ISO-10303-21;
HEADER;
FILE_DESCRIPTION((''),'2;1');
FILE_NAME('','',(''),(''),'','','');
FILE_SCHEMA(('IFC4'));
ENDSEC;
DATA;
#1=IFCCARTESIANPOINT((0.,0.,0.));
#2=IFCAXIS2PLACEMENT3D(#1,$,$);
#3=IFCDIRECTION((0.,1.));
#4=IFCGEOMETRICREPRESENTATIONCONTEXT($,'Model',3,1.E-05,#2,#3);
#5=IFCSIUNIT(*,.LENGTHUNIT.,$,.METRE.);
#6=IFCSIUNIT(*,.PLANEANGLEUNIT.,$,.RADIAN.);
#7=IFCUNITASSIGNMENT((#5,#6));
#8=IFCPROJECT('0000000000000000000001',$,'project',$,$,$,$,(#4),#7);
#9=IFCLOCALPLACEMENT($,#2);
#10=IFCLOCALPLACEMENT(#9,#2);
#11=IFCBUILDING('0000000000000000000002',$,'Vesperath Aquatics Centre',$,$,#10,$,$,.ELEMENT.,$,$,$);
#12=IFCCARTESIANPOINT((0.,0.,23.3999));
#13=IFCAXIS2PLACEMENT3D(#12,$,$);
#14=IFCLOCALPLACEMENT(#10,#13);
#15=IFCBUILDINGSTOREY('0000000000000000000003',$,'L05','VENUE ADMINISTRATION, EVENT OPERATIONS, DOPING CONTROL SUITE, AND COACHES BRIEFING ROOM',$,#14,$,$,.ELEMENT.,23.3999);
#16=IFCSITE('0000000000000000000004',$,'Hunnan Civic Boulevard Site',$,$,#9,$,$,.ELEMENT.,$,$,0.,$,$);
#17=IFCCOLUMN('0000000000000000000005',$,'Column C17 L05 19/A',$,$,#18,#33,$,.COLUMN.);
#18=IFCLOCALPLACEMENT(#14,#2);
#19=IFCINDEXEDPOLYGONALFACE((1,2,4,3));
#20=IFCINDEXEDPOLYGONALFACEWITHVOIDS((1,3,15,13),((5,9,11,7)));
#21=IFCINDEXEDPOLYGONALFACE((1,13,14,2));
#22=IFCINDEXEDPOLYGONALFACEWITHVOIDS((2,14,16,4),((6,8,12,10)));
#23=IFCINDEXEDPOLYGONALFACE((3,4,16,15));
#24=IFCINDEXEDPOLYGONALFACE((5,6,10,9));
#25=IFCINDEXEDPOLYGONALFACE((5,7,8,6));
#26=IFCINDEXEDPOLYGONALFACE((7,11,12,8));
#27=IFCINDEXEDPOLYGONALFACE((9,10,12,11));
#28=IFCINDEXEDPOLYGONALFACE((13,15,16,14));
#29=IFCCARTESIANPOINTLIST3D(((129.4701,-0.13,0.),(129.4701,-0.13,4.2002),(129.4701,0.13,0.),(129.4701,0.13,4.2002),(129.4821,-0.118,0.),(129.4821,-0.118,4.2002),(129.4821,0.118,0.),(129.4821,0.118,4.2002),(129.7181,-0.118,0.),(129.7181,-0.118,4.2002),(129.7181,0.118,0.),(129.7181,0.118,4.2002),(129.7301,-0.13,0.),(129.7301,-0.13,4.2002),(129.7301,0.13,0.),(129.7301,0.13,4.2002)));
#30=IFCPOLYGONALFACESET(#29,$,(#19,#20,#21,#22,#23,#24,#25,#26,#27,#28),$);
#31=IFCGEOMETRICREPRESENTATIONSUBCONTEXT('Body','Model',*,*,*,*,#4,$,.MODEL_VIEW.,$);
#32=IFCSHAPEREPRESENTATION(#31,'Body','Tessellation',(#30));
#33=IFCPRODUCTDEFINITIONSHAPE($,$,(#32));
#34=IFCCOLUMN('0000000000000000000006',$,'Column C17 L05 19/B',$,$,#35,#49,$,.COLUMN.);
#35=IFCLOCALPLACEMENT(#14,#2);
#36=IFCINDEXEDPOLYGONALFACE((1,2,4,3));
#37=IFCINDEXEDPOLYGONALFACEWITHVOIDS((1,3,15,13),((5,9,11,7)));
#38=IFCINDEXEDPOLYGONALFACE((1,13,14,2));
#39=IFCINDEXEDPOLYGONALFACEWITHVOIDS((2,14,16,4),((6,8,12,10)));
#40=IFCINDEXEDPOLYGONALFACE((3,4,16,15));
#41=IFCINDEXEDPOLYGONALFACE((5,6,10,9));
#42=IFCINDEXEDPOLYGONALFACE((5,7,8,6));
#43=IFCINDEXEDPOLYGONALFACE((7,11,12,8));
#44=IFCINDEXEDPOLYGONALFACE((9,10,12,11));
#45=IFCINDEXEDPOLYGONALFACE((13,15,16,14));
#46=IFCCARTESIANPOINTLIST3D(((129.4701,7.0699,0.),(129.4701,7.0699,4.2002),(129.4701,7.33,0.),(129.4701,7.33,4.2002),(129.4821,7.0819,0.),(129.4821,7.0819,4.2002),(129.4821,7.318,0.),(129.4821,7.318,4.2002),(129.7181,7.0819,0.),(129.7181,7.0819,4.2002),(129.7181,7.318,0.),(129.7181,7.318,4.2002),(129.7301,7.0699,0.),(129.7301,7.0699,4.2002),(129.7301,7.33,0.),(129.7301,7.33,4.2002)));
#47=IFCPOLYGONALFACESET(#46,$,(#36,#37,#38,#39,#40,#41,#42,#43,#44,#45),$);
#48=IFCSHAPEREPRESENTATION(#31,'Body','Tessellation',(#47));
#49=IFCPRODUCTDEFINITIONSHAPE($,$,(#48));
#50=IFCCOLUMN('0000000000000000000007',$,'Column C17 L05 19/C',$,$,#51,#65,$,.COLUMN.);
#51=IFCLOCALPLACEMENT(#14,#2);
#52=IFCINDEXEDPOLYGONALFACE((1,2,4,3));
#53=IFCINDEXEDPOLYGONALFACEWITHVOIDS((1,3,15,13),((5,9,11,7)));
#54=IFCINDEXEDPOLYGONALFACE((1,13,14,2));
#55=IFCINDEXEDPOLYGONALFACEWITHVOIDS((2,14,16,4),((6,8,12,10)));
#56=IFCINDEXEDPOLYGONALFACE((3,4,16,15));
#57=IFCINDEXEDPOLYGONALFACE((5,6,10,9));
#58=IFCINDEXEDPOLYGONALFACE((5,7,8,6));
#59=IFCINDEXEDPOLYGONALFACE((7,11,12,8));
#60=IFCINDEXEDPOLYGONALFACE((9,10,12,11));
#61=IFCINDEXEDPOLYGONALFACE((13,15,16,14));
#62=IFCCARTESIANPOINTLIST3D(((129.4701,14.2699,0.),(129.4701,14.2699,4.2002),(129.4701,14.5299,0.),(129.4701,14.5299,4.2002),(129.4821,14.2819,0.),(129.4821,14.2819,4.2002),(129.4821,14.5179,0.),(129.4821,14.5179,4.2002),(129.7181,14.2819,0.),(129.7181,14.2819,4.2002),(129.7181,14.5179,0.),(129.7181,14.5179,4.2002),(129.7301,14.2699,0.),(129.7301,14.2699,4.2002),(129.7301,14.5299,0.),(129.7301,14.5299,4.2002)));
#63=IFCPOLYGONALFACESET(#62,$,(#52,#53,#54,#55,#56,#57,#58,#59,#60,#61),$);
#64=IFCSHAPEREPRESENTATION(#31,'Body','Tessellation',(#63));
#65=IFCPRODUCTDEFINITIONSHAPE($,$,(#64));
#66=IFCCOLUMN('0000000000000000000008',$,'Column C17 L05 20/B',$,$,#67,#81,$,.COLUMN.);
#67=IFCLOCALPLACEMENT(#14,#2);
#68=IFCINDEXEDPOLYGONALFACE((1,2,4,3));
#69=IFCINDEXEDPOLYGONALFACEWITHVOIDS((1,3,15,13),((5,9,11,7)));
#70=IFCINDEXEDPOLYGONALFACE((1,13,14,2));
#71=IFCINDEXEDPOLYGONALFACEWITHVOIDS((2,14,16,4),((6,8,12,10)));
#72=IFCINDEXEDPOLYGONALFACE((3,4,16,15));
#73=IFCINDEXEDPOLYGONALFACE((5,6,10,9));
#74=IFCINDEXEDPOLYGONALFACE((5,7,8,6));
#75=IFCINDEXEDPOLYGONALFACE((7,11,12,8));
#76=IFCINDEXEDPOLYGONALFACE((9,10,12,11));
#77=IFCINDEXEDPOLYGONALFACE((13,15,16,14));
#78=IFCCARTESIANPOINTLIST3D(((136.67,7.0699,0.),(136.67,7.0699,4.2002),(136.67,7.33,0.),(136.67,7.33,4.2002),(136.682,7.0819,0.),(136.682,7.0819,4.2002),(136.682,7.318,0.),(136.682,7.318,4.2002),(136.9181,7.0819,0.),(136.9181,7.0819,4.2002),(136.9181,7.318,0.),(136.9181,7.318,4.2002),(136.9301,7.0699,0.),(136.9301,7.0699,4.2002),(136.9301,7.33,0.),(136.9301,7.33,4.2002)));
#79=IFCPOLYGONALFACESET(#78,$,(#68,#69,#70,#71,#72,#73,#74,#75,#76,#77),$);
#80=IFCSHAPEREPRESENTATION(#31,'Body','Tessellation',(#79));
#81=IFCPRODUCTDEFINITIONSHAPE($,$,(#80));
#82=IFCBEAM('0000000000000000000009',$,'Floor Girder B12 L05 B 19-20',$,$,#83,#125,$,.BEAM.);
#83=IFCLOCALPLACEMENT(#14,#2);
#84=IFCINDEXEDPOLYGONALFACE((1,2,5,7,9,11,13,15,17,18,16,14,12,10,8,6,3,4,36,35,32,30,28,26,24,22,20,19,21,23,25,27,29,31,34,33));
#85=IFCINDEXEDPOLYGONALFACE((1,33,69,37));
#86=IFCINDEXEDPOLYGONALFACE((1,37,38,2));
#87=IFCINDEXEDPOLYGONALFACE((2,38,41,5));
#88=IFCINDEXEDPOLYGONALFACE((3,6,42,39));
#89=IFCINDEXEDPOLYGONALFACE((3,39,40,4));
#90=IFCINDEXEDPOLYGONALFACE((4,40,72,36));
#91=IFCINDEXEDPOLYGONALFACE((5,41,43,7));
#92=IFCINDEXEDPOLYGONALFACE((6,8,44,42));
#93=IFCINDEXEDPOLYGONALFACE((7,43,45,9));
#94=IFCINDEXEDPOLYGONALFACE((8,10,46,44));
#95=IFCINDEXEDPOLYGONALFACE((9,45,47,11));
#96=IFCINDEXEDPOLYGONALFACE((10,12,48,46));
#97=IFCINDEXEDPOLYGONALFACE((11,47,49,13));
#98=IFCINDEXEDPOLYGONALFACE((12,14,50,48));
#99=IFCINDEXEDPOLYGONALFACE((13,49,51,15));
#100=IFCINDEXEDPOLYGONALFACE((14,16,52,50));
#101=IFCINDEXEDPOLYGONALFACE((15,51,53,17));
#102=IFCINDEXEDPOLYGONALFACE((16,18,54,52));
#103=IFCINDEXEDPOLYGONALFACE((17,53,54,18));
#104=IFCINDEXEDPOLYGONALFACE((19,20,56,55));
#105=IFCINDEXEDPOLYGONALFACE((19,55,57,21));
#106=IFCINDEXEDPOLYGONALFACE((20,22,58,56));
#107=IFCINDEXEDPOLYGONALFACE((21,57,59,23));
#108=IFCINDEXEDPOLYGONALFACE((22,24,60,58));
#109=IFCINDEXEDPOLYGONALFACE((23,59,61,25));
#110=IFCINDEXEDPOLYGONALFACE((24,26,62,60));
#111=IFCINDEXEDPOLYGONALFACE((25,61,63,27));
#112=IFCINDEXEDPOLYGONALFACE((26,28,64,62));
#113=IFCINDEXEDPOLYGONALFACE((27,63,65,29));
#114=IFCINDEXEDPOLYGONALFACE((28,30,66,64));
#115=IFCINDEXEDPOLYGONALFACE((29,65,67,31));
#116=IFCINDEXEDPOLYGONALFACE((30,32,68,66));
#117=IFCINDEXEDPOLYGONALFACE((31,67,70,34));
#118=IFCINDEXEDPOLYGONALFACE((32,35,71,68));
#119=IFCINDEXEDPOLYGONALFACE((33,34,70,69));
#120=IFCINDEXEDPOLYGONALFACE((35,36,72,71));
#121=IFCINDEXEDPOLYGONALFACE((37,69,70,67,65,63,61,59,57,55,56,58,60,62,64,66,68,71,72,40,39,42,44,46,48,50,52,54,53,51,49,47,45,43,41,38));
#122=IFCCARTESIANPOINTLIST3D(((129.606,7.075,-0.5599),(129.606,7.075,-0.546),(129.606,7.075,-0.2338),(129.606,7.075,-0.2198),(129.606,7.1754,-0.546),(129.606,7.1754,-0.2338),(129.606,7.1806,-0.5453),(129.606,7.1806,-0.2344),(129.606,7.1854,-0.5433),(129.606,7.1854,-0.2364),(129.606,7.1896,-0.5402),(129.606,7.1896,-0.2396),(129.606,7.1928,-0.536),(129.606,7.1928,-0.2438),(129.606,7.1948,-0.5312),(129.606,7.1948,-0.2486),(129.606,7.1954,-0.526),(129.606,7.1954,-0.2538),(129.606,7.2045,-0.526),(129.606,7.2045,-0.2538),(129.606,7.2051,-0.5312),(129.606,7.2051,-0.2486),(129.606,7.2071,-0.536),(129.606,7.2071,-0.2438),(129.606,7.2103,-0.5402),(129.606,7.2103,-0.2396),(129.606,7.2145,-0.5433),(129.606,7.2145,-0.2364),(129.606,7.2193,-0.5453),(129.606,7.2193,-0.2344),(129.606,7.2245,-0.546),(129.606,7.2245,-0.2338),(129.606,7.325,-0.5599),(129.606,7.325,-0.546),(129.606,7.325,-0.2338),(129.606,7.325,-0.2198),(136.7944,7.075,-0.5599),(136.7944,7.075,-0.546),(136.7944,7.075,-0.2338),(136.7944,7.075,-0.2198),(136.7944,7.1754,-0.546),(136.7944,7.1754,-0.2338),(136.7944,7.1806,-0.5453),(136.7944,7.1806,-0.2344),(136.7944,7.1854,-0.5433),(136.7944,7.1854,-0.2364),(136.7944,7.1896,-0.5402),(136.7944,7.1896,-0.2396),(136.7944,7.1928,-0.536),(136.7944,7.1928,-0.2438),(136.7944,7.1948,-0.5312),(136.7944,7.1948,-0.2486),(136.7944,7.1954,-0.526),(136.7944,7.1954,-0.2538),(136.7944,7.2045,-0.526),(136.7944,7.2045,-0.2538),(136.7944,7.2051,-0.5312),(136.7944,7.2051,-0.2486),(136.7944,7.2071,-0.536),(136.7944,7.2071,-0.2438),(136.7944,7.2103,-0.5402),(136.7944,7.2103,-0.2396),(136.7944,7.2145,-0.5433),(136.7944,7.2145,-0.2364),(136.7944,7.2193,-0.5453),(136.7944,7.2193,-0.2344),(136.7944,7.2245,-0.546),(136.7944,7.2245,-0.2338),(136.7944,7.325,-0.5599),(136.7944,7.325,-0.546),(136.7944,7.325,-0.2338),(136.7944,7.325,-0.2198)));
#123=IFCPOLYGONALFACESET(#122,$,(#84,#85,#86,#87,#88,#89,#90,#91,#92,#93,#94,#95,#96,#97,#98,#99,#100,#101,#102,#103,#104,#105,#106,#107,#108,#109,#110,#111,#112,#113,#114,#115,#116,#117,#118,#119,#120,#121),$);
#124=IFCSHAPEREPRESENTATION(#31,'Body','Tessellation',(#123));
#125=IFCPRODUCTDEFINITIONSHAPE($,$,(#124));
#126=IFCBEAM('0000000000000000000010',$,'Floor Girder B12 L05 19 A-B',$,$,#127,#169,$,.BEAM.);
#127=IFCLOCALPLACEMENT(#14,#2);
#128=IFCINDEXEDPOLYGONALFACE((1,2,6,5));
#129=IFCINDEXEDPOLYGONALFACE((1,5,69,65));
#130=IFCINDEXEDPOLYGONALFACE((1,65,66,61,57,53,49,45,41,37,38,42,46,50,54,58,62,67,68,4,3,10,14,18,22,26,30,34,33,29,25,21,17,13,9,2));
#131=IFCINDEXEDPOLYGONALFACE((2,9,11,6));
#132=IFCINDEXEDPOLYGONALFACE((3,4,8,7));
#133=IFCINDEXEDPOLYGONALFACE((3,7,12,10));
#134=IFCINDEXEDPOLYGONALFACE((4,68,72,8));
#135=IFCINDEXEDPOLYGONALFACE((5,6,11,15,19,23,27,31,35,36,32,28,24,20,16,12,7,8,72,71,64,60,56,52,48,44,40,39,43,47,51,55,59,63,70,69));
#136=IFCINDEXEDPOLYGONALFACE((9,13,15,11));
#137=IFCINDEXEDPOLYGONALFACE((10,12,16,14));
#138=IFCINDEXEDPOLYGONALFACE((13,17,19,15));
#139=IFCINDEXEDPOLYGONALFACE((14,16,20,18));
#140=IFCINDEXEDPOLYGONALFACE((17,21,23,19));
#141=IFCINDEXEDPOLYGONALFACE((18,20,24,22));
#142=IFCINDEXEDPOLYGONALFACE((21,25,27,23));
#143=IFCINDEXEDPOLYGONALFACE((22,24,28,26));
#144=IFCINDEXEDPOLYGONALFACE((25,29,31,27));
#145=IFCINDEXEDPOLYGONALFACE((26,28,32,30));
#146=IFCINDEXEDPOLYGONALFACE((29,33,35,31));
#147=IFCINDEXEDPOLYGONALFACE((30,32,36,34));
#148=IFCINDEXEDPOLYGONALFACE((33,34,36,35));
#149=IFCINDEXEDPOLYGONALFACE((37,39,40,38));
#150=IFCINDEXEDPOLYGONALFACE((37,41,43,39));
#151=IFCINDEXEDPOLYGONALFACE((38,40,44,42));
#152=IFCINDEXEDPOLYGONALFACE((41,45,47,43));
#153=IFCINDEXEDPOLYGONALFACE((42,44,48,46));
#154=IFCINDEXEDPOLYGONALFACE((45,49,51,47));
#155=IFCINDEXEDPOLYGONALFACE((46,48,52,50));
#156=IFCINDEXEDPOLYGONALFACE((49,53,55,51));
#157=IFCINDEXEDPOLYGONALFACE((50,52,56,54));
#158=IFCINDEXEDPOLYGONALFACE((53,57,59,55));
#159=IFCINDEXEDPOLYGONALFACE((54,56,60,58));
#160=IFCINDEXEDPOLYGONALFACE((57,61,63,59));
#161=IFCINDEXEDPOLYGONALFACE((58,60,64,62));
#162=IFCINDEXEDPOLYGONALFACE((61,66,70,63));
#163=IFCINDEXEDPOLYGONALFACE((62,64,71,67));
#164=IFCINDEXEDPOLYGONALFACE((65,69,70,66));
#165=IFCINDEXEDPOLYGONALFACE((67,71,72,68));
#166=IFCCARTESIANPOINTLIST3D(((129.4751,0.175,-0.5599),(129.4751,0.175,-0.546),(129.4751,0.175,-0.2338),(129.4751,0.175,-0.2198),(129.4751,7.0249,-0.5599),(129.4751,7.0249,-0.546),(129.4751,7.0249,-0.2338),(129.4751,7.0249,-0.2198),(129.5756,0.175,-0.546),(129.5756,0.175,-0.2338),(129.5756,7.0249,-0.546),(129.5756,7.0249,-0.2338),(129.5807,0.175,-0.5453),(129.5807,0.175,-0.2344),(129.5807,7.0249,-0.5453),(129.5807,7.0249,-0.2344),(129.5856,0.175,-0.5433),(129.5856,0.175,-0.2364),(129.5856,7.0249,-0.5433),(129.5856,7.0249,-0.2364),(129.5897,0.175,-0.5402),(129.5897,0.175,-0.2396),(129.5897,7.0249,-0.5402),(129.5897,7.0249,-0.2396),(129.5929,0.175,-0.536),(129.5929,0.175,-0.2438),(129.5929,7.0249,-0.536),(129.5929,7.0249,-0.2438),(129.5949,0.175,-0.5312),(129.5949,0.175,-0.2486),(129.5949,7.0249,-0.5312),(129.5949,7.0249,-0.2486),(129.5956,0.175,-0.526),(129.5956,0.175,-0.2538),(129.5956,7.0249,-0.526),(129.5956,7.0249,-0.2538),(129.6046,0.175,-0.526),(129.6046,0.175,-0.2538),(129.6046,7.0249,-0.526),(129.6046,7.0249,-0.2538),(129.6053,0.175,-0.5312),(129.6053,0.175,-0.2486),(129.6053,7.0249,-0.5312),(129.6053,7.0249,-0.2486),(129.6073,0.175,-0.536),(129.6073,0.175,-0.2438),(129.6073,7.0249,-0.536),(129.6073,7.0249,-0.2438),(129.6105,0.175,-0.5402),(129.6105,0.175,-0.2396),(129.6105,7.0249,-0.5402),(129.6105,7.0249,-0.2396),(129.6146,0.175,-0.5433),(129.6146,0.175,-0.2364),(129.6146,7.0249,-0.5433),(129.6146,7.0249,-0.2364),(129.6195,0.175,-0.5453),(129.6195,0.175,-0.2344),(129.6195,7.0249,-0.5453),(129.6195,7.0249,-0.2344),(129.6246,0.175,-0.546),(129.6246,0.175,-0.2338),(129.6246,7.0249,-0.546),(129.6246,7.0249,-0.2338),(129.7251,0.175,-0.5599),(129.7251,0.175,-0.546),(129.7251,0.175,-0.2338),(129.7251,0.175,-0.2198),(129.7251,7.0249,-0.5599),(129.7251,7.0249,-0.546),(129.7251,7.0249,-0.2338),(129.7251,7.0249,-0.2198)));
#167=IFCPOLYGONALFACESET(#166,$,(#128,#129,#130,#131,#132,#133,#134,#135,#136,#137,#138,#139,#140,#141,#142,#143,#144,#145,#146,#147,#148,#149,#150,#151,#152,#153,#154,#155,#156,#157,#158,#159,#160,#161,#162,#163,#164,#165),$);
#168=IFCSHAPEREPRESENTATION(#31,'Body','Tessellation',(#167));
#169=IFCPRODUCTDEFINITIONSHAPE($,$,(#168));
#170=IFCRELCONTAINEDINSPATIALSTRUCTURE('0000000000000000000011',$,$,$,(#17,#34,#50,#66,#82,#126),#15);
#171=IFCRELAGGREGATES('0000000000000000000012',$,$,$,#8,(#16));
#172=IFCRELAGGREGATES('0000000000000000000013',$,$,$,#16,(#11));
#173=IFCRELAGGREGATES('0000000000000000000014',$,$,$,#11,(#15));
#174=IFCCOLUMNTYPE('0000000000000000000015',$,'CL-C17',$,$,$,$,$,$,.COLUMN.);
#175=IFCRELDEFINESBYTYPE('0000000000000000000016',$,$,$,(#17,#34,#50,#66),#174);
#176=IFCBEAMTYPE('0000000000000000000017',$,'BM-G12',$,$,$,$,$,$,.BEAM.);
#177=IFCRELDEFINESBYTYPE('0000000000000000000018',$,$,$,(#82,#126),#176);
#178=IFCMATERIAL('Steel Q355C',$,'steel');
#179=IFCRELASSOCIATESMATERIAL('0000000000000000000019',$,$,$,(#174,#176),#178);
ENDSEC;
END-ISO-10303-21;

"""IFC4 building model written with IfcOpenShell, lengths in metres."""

from ifc_helpers import new_model, si_unit, direction, frame, origin, origin_2d, place, context, subcontext, project, spatial, hollow_rectangle, i_section, extrude, material, material_profile, profile_set, type_object, element, save


model = new_model("IFC4")

# Units and contexts
model_context = context("Model", 3, precision=1e-05, world=origin(), true_north=direction((0.0, 1.0)))
body_context = subcontext(model_context, "Body", "Model", "MODEL_VIEW")
ifc_project = project(units=[si_unit("LENGTHUNIT", "METRE"), si_unit("PLANEANGLEUNIT", "RADIAN")], contexts=[model_context])

# Site, building, storey
site_placement = place(None, origin())
site = spatial("IfcSite", under=ifc_project, at=site_placement, Name="Hunnan Civic Boulevard Site", CompositionType="ELEMENT", RefElevation=0.0)
building_placement = place(site_placement, origin())
building = spatial("IfcBuilding", under=site, at=building_placement, Name="Vesperath Aquatics Centre", CompositionType="ELEMENT")
storey_placement = place(building_placement, frame((0.0, 0.0, 23.3999)))
storey = spatial("IfcBuildingStorey", under=building, at=storey_placement, Name="L05", Description="VENUE ADMINISTRATION, EVENT OPERATIONS, DOPING CONTROL SUITE, AND COACHES BRIEFING ROOM", CompositionType="ELEMENT", Elevation=23.3999)

# Columns
ifc_material_1 = material(Name="Steel Q355C", Category="steel")
ifc_material_profile_1 = material_profile(ifc_material_1, hollow_rectangle(XDim=0.26, YDim=0.26, WallThickness=0.012, at=origin_2d()), Name="SHS 260x260x12")
ifc_profile_set_1 = profile_set([ifc_material_profile_1], Name="Steel Q355C")
column_type = type_object("IfcColumnType", Name="CL-C17", PredefinedType="COLUMN", material=ifc_profile_set_1)
for number, where, z_axis, x_axis, name in (
    (1, (129.6001, 0.0, 0.0), (0.0, 0.0, 1.0), (1.0, 0.0, 0.0), "Column C17 L05 19/A"),
    (2, (129.6001, 7.2, 0.0), (0.0, 0.0, 1.0), (1.0, 0.0, 0.0), "Column C17 L05 19/B"),
    (3, (129.6001, 14.3999, 0.0), (0.0, 0.0, 1.0), (1.0, 0.0, 0.0), "Column C17 L05 19/C"),
    (4, (136.8, 7.2, 0.0), (0.0, 0.0, 1.0), (1.0, 0.0, 0.0), "Column C17 L05 20/B"),
):
    element("IfcColumn", number, at=place(storey_placement, frame(where, z_axis=z_axis, x_axis=x_axis)), inside=storey, type_object=column_type, Name=name, PredefinedType="COLUMN", context=body_context, shape_type="SweptSolid", body=[
        extrude(hollow_rectangle(XDim=0.26, YDim=0.26, WallThickness=0.012, at=origin_2d()), origin(), (0.0, 0.0, 1.0), 4.2002),
    ])

# Beams
ifc_material_profile_2 = material_profile(ifc_material_1, i_section(OverallWidth=0.25, OverallDepth=0.3401, WebThickness=0.009, FlangeThickness=0.0139, FilletRadius=0.02, at=origin_2d()), Name="HM 340x250x9x14")
ifc_profile_set_2 = profile_set([ifc_material_profile_2], Name="Steel Q355C")
beam_type_1 = type_object("IfcBeamType", Name="BM-G12", PredefinedType="BEAM", material=ifc_profile_set_2)
beam_1_placement = place(storey_placement, frame((129.606, 7.2, -0.3899), z_axis=(1.0, 0.0, 0.0), x_axis=(0.0, 1.0, 0.0)))
element("IfcBeam", 5, at=beam_1_placement, inside=storey, type_object=beam_type_1, Name="Floor Girder B12 L05 B 19-20", PredefinedType="BEAM", context=body_context, shape_type="SweptSolid", body=[
    extrude(i_section(OverallWidth=0.25, OverallDepth=0.3401, WebThickness=0.009, FlangeThickness=0.0139, FilletRadius=0.02, at=origin_2d()), origin(), (0.0, 0.0, 1.0), 7.1885),
])
beam_2_placement = place(storey_placement, frame((129.6001, 0.175, -0.3899), z_axis=(0.0, 1.0, 0.0), x_axis=(-1.0, 0.0, 0.0)))
element("IfcBeam", 6, at=beam_2_placement, inside=storey, type_object=beam_type_1, Name="Floor Girder B12 L05 19 A-B", PredefinedType="BEAM", context=body_context, shape_type="SweptSolid", body=[
    extrude(i_section(OverallWidth=0.25, OverallDepth=0.3401, WebThickness=0.009, FlangeThickness=0.0139, FilletRadius=0.02, at=origin_2d()), origin(), (0.0, 0.0, 1.0), 6.8499),
])

save(model, "model.ifc")
